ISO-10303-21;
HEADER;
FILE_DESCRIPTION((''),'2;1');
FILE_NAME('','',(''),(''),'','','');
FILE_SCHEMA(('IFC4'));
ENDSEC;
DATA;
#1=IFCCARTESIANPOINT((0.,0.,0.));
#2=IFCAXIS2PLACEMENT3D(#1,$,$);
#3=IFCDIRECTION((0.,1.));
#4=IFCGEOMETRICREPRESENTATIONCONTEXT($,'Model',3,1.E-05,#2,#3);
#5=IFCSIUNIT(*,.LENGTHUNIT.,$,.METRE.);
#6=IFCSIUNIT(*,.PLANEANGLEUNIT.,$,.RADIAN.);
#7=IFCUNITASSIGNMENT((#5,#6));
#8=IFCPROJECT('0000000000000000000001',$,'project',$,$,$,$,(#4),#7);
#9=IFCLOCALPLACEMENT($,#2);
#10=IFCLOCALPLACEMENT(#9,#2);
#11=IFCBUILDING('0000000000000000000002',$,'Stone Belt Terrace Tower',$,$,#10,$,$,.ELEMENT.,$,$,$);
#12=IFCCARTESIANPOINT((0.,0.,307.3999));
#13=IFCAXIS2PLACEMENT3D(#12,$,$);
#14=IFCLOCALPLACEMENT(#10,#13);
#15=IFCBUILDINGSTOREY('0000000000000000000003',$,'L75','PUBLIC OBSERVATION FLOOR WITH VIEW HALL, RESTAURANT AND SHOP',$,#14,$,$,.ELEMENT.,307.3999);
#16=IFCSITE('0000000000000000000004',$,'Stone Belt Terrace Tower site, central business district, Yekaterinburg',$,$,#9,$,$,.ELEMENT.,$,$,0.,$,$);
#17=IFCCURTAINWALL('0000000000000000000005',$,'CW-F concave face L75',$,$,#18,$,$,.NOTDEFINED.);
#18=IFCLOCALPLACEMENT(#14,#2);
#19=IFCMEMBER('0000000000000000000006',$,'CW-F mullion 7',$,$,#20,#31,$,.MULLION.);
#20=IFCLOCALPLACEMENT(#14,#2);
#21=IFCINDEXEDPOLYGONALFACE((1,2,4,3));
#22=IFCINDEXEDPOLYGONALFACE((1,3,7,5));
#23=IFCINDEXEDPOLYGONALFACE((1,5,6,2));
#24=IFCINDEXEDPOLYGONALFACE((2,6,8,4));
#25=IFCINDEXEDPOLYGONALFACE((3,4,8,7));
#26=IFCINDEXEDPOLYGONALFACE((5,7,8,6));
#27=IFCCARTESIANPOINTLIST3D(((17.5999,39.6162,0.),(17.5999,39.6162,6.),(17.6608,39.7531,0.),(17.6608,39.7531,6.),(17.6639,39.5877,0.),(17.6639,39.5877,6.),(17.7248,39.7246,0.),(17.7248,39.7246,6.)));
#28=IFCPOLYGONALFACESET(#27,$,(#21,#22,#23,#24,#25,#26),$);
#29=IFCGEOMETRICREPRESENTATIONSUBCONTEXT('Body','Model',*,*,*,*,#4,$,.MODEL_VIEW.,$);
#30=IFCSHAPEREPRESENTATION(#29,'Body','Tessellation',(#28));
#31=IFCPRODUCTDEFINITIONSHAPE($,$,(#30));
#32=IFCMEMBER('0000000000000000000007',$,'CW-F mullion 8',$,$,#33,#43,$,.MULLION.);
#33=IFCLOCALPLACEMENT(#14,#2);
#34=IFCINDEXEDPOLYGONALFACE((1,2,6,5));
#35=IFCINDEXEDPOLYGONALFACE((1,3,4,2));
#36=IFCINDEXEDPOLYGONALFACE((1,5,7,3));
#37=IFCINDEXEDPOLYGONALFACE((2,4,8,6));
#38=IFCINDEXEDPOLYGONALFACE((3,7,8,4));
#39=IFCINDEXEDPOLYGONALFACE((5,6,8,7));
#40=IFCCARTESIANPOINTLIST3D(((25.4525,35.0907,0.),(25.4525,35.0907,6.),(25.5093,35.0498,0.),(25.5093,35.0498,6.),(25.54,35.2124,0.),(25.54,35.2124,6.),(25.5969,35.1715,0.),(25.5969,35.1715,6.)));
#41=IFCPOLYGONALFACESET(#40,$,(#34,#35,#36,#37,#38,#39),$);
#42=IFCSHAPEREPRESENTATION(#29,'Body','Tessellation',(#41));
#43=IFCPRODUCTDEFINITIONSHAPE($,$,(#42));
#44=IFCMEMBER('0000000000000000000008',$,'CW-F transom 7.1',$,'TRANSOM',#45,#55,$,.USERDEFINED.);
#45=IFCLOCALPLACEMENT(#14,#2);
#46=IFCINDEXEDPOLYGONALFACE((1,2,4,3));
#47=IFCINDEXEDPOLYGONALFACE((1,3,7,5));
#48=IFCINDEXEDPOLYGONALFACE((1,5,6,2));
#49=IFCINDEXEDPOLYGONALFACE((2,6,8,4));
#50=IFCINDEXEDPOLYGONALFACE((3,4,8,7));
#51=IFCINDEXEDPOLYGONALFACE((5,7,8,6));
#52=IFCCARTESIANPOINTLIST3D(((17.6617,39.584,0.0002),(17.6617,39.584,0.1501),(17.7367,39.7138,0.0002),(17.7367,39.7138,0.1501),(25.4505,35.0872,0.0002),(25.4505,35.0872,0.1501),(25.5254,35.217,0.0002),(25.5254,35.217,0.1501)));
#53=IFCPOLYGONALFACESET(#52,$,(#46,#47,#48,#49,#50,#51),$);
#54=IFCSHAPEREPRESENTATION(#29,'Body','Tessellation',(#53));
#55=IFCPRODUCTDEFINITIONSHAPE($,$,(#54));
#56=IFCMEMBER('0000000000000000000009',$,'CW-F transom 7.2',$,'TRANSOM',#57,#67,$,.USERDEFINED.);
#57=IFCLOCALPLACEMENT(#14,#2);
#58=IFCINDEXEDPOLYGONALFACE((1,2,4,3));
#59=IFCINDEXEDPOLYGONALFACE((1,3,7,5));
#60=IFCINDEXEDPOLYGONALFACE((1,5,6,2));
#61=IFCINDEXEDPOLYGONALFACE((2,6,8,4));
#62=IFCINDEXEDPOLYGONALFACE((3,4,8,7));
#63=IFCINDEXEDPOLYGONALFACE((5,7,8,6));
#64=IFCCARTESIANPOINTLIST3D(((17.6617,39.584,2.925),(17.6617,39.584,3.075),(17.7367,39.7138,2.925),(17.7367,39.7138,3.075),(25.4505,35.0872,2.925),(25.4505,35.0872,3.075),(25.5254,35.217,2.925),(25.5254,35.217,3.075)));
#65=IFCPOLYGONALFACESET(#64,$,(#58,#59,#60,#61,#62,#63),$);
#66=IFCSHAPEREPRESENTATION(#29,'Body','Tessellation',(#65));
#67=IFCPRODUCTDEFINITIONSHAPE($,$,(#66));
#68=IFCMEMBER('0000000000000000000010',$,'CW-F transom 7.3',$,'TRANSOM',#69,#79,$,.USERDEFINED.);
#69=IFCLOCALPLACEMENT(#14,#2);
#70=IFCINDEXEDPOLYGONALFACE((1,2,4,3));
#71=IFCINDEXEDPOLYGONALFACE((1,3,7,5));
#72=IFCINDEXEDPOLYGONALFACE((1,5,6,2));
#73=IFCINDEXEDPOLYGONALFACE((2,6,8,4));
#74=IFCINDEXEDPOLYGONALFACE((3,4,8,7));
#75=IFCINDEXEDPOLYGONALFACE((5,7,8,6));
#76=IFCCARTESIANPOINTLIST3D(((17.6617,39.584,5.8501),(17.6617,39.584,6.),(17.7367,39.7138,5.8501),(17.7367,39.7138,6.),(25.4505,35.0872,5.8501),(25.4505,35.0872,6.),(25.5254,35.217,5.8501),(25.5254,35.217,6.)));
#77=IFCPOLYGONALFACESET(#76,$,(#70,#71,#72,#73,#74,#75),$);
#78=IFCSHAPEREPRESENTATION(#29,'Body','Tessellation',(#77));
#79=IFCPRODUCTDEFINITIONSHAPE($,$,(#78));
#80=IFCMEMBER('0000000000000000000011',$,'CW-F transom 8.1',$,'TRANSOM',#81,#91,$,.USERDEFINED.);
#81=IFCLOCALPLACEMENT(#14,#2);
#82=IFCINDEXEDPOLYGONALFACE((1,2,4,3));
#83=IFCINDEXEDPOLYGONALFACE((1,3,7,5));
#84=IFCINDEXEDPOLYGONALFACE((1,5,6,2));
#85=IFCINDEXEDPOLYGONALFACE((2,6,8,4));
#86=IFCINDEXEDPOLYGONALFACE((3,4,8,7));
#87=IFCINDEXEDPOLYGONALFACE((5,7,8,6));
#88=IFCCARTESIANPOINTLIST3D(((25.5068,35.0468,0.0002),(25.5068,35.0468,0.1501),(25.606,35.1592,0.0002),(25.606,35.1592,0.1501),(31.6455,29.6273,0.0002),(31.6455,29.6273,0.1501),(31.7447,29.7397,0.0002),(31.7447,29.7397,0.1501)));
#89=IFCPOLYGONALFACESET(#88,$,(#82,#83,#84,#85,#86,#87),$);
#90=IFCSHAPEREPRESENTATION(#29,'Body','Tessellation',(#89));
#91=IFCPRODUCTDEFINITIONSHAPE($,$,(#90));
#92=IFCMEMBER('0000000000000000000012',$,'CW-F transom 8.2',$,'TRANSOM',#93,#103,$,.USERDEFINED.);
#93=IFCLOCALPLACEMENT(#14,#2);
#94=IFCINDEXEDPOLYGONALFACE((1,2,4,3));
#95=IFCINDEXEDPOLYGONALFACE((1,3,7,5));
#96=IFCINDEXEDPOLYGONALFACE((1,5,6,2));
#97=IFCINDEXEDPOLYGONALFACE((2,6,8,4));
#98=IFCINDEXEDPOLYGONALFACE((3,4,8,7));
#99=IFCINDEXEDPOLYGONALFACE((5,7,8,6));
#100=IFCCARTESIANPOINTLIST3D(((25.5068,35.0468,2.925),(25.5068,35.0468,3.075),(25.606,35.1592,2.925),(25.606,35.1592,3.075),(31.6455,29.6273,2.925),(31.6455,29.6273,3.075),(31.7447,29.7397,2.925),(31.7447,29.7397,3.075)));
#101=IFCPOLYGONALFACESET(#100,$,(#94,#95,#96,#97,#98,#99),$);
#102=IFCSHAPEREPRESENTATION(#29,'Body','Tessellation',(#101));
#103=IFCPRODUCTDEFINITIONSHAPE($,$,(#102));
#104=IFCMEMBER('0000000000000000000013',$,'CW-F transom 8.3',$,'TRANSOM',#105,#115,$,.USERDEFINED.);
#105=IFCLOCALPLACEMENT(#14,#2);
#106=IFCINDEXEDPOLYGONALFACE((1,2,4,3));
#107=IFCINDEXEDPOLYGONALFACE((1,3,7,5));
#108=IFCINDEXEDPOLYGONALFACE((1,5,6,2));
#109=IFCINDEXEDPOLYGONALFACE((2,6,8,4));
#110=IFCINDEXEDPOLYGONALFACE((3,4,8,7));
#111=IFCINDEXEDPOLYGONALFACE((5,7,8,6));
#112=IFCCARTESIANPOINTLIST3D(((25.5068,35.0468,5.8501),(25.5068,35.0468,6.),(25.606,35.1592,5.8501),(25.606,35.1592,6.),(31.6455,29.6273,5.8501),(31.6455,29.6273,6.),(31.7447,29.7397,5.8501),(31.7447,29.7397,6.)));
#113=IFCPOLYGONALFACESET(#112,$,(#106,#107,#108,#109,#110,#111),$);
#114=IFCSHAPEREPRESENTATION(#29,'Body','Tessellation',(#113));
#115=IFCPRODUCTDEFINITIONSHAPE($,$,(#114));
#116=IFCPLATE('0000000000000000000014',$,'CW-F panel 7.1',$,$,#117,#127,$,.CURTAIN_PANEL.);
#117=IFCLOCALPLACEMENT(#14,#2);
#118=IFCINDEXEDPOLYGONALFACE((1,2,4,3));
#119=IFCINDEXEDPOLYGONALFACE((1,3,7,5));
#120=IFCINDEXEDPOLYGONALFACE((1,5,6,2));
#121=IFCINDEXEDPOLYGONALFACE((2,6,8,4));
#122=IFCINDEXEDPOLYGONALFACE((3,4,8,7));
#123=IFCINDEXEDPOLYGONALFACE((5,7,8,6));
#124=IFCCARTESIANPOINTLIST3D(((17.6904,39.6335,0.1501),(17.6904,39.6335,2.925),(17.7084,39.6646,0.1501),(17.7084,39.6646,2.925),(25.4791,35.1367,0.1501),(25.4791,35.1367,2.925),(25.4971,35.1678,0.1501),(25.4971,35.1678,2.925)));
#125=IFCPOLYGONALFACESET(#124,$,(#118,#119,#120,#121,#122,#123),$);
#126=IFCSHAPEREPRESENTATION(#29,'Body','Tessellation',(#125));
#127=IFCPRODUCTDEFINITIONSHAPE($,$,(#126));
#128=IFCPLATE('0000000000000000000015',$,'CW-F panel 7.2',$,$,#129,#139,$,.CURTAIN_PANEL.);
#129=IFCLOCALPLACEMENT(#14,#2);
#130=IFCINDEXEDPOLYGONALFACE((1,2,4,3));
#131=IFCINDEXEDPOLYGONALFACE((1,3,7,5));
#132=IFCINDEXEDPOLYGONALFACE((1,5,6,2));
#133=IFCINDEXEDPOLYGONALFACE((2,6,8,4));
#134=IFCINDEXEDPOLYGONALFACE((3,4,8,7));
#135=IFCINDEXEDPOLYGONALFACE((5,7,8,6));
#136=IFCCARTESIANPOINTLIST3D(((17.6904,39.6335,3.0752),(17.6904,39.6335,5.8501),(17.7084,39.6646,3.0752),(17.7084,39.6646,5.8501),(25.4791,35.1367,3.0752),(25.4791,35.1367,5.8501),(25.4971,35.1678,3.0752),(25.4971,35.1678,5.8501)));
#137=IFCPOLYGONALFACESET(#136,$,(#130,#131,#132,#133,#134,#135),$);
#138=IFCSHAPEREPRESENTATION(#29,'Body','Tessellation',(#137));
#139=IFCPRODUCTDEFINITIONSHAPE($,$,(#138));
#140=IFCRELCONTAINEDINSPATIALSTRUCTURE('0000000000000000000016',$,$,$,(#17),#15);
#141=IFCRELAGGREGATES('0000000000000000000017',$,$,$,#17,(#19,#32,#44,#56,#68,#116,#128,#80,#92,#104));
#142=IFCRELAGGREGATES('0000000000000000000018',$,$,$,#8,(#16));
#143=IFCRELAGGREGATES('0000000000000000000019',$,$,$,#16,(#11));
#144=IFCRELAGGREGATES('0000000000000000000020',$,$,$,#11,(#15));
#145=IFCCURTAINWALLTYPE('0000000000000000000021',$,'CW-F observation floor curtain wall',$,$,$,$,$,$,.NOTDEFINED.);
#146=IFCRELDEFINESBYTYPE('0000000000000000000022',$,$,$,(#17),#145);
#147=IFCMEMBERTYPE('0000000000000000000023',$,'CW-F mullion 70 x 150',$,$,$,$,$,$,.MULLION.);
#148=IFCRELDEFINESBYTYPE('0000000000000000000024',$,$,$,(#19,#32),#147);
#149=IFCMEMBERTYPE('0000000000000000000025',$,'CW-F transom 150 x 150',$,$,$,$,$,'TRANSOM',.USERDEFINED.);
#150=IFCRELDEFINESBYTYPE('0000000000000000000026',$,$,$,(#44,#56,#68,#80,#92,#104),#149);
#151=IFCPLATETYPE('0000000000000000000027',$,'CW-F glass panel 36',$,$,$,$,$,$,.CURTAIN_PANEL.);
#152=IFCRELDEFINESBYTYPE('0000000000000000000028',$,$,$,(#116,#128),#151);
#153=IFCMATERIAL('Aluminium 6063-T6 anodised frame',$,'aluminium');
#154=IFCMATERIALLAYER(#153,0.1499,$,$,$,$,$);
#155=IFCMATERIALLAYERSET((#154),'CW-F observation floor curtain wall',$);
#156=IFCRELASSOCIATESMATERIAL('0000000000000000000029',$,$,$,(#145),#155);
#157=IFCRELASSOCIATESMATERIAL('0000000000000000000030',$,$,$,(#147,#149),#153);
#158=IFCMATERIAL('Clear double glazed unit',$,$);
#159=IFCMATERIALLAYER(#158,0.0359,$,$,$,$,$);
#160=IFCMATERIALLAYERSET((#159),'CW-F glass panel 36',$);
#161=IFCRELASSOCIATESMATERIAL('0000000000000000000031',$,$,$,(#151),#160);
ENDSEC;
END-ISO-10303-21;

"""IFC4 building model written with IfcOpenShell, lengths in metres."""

from ifc_helpers import new_model, si_unit, direction, frame, origin, origin_2d, place, context, subcontext, project, spatial, rectangle, extrude, material, layer, layer_set, material_profile, profile_set, type_object, element, aggregate, save


model = new_model("IFC4")

# Units and contexts
model_context = context("Model", 3, precision=1e-05, world=origin(), true_north=direction((0.0, 1.0)))
body_context = subcontext(model_context, "Body", "Model", "MODEL_VIEW")
ifc_project = project(units=[si_unit("LENGTHUNIT", "METRE"), si_unit("PLANEANGLEUNIT", "RADIAN")], contexts=[model_context])

# Site, building, storey
site_placement = place(None, origin())
site = spatial("IfcSite", under=ifc_project, at=site_placement, Name="Stone Belt Terrace Tower site, central business district, Yekaterinburg", CompositionType="ELEMENT", RefElevation=0.0)
building_placement = place(site_placement, origin())
building = spatial("IfcBuilding", under=site, at=building_placement, Name="Stone Belt Terrace Tower", CompositionType="ELEMENT")
storey_placement = place(building_placement, frame((0.0, 0.0, 307.3999)))
storey = spatial("IfcBuildingStorey", under=building, at=storey_placement, Name="L75", Description="PUBLIC OBSERVATION FLOOR WITH VIEW HALL, RESTAURANT AND SHOP", CompositionType="ELEMENT", Elevation=307.3999)

# Curtain wall, members, plates
ifc_material_1 = material(Name="Aluminium 6063-T6 anodised frame", Category="aluminium")
ifc_layer_1 = layer(ifc_material_1, 0.1499)
ifc_layer_set_1 = layer_set([ifc_layer_1], Name="CW-F observation floor curtain wall")
curtain_wall_type = type_object("IfcCurtainWallType", Name="CW-F observation floor curtain wall", PredefinedType="NOTDEFINED", material=ifc_layer_set_1)
curtain_wall_placement = place(storey_placement, origin())
curtain_wall = element("IfcCurtainWall", 1, at=curtain_wall_placement, inside=storey, type_object=curtain_wall_type, Name="CW-F concave face L75", PredefinedType="NOTDEFINED")
ifc_material_profile_1 = material_profile(ifc_material_1, rectangle(XDim=0.1499, YDim=0.0701, at=origin_2d()), Name="Aluminium 6063-T6 70x150")
ifc_profile_set_1 = profile_set([ifc_material_profile_1], Name="Aluminium 6063-T6 anodised frame")
member_type_1 = type_object("IfcMemberType", Name="CW-F mullion 70 x 150", PredefinedType="MULLION", material=ifc_profile_set_1)
member_1_placement = place(storey_placement, frame((17.6624, 39.6704, 0.0), z_axis=(0.0, 0.0, 1.0), x_axis=(0.406737, 0.913545, 0.0)))
member_1 = element("IfcMember", 2, at=member_1_placement, type_object=member_type_1, Name="CW-F mullion 7", PredefinedType="MULLION", context=body_context, shape_type="SweptSolid", body=[
    extrude(rectangle(XDim=0.1499, YDim=0.0701, at=origin_2d()), origin(), (0.0, 0.0, 1.0), 6.0),
])
member_2_placement = place(storey_placement, frame((25.5247, 35.1311, 0.0), z_axis=(0.0, 0.0, 1.0), x_axis=(0.583819, 0.811884, 0.0)))
member_2 = element("IfcMember", 3, at=member_2_placement, type_object=member_type_1, Name="CW-F mullion 8", PredefinedType="MULLION", context=body_context, shape_type="SweptSolid", body=[
    extrude(rectangle(XDim=0.1499, YDim=0.0701, at=origin_2d()), origin(), (0.0, 0.0, 1.0), 6.0),
])
ifc_material_profile_2 = material_profile(ifc_material_1, rectangle(XDim=0.1499, YDim=0.1499, at=origin_2d()), Name="Aluminium 6063-T6 150x150")
ifc_profile_set_2 = profile_set([ifc_material_profile_2], Name="Aluminium 6063-T6 anodised frame")
member_type_2 = type_object("IfcMemberType", Name="CW-F transom 150 x 150", ElementType="TRANSOM", PredefinedType="USERDEFINED", material=ifc_profile_set_2)
member_3_placement = place(storey_placement, frame((17.6992, 39.6489, 0.0752), z_axis=(0.866028, -0.499996, 0.0), x_axis=(0.499996, 0.866028, 0.0)))
member_3 = element("IfcMember", 4, at=member_3_placement, type_object=member_type_2, Name="CW-F transom 7.1", ObjectType="TRANSOM", PredefinedType="USERDEFINED", context=body_context, shape_type="SweptSolid", body=[
    extrude(rectangle(XDim=0.1499, YDim=0.1499, at=origin_2d()), origin(), (0.0, 0.0, 1.0), 8.9937),
])
member_4_placement = place(storey_placement, frame((17.6992, 39.6489, 3.0), z_axis=(0.866028, -0.499996, 0.0), x_axis=(0.499996, 0.866028, 0.0)))
member_4 = element("IfcMember", 5, at=member_4_placement, type_object=member_type_2, Name="CW-F transom 7.2", ObjectType="TRANSOM", PredefinedType="USERDEFINED", context=body_context, shape_type="SweptSolid", body=[
    extrude(rectangle(XDim=0.1499, YDim=0.1499, at=origin_2d()), origin(), (0.0, 0.0, 1.0), 8.9937),
])
member_5_placement = place(storey_placement, frame((17.6992, 39.6489, 5.925), z_axis=(0.866028, -0.499996, 0.0), x_axis=(0.499996, 0.866028, 0.0)))
member_5 = element("IfcMember", 6, at=member_5_placement, type_object=member_type_2, Name="CW-F transom 7.3", ObjectType="TRANSOM", PredefinedType="USERDEFINED", context=body_context, shape_type="SweptSolid", body=[
    extrude(rectangle(XDim=0.1499, YDim=0.1499, at=origin_2d()), origin(), (0.0, 0.0, 1.0), 8.9937),
])
member_6_placement = place(storey_placement, frame((25.5564, 35.103, 0.0752), z_axis=(0.749659, -0.661825, 0.0), x_axis=(0.661825, 0.749659, 0.0)))
member_6 = element("IfcMember", 7, at=member_6_placement, type_object=member_type_2, Name="CW-F transom 8.1", ObjectType="TRANSOM", PredefinedType="USERDEFINED", context=body_context, shape_type="SweptSolid", body=[
    extrude(rectangle(XDim=0.1499, YDim=0.1499, at=origin_2d()), origin(), (0.0, 0.0, 1.0), 8.1887),
])
member_7_placement = place(storey_placement, frame((25.5564, 35.103, 3.0), z_axis=(0.749659, -0.661825, 0.0), x_axis=(0.661825, 0.749659, 0.0)))
member_7 = element("IfcMember", 8, at=member_7_placement, type_object=member_type_2, Name="CW-F transom 8.2", ObjectType="TRANSOM", PredefinedType="USERDEFINED", context=body_context, shape_type="SweptSolid", body=[
    extrude(rectangle(XDim=0.1499, YDim=0.1499, at=origin_2d()), origin(), (0.0, 0.0, 1.0), 8.1887),
])
member_8_placement = place(storey_placement, frame((25.5564, 35.103, 5.925), z_axis=(0.749659, -0.661825, 0.0), x_axis=(0.661825, 0.749659, 0.0)))
member_8 = element("IfcMember", 9, at=member_8_placement, type_object=member_type_2, Name="CW-F transom 8.3", ObjectType="TRANSOM", PredefinedType="USERDEFINED", context=body_context, shape_type="SweptSolid", body=[
    extrude(rectangle(XDim=0.1499, YDim=0.1499, at=origin_2d()), origin(), (0.0, 0.0, 1.0), 8.1887),
])
ifc_material_2 = material(Name="Clear double glazed unit")
ifc_layer_2 = layer(ifc_material_2, 0.0359)
ifc_layer_set_2 = layer_set([ifc_layer_2], Name="CW-F glass panel 36")
plate_type = type_object("IfcPlateType", Name="CW-F glass panel 36", PredefinedType="CURTAIN_PANEL", material=ifc_layer_set_2)
plate_1_placement = place(storey_placement, frame((21.5938, 37.4006, 0.1501), z_axis=(0.0, 0.0, 1.0), x_axis=(0.866025, -0.5, 0.0)))
plate_1 = element("IfcPlate", 10, at=plate_1_placement, type_object=plate_type, Name="CW-F panel 7.1", PredefinedType="CURTAIN_PANEL", context=body_context, shape_type="SweptSolid", body=[
    extrude(rectangle(XDim=8.9937, YDim=0.0359, at=origin_2d()), origin(), (0.0, 0.0, 1.0), 2.7749),
])
plate_2_placement = place(storey_placement, frame((21.5938, 37.4006, 3.0752), z_axis=(0.0, 0.0, 1.0), x_axis=(0.866025, -0.5, 0.0)))
plate_2 = element("IfcPlate", 11, at=plate_2_placement, type_object=plate_type, Name="CW-F panel 7.2", PredefinedType="CURTAIN_PANEL", context=body_context, shape_type="SweptSolid", body=[
    extrude(rectangle(XDim=8.9937, YDim=0.0359, at=origin_2d()), origin(), (0.0, 0.0, 1.0), 2.7749),
])
aggregate(curtain_wall, [member_1, member_2, member_3, member_4, member_5, plate_1, plate_2, member_6, member_7, member_8])

save(model, "model.ifc")
